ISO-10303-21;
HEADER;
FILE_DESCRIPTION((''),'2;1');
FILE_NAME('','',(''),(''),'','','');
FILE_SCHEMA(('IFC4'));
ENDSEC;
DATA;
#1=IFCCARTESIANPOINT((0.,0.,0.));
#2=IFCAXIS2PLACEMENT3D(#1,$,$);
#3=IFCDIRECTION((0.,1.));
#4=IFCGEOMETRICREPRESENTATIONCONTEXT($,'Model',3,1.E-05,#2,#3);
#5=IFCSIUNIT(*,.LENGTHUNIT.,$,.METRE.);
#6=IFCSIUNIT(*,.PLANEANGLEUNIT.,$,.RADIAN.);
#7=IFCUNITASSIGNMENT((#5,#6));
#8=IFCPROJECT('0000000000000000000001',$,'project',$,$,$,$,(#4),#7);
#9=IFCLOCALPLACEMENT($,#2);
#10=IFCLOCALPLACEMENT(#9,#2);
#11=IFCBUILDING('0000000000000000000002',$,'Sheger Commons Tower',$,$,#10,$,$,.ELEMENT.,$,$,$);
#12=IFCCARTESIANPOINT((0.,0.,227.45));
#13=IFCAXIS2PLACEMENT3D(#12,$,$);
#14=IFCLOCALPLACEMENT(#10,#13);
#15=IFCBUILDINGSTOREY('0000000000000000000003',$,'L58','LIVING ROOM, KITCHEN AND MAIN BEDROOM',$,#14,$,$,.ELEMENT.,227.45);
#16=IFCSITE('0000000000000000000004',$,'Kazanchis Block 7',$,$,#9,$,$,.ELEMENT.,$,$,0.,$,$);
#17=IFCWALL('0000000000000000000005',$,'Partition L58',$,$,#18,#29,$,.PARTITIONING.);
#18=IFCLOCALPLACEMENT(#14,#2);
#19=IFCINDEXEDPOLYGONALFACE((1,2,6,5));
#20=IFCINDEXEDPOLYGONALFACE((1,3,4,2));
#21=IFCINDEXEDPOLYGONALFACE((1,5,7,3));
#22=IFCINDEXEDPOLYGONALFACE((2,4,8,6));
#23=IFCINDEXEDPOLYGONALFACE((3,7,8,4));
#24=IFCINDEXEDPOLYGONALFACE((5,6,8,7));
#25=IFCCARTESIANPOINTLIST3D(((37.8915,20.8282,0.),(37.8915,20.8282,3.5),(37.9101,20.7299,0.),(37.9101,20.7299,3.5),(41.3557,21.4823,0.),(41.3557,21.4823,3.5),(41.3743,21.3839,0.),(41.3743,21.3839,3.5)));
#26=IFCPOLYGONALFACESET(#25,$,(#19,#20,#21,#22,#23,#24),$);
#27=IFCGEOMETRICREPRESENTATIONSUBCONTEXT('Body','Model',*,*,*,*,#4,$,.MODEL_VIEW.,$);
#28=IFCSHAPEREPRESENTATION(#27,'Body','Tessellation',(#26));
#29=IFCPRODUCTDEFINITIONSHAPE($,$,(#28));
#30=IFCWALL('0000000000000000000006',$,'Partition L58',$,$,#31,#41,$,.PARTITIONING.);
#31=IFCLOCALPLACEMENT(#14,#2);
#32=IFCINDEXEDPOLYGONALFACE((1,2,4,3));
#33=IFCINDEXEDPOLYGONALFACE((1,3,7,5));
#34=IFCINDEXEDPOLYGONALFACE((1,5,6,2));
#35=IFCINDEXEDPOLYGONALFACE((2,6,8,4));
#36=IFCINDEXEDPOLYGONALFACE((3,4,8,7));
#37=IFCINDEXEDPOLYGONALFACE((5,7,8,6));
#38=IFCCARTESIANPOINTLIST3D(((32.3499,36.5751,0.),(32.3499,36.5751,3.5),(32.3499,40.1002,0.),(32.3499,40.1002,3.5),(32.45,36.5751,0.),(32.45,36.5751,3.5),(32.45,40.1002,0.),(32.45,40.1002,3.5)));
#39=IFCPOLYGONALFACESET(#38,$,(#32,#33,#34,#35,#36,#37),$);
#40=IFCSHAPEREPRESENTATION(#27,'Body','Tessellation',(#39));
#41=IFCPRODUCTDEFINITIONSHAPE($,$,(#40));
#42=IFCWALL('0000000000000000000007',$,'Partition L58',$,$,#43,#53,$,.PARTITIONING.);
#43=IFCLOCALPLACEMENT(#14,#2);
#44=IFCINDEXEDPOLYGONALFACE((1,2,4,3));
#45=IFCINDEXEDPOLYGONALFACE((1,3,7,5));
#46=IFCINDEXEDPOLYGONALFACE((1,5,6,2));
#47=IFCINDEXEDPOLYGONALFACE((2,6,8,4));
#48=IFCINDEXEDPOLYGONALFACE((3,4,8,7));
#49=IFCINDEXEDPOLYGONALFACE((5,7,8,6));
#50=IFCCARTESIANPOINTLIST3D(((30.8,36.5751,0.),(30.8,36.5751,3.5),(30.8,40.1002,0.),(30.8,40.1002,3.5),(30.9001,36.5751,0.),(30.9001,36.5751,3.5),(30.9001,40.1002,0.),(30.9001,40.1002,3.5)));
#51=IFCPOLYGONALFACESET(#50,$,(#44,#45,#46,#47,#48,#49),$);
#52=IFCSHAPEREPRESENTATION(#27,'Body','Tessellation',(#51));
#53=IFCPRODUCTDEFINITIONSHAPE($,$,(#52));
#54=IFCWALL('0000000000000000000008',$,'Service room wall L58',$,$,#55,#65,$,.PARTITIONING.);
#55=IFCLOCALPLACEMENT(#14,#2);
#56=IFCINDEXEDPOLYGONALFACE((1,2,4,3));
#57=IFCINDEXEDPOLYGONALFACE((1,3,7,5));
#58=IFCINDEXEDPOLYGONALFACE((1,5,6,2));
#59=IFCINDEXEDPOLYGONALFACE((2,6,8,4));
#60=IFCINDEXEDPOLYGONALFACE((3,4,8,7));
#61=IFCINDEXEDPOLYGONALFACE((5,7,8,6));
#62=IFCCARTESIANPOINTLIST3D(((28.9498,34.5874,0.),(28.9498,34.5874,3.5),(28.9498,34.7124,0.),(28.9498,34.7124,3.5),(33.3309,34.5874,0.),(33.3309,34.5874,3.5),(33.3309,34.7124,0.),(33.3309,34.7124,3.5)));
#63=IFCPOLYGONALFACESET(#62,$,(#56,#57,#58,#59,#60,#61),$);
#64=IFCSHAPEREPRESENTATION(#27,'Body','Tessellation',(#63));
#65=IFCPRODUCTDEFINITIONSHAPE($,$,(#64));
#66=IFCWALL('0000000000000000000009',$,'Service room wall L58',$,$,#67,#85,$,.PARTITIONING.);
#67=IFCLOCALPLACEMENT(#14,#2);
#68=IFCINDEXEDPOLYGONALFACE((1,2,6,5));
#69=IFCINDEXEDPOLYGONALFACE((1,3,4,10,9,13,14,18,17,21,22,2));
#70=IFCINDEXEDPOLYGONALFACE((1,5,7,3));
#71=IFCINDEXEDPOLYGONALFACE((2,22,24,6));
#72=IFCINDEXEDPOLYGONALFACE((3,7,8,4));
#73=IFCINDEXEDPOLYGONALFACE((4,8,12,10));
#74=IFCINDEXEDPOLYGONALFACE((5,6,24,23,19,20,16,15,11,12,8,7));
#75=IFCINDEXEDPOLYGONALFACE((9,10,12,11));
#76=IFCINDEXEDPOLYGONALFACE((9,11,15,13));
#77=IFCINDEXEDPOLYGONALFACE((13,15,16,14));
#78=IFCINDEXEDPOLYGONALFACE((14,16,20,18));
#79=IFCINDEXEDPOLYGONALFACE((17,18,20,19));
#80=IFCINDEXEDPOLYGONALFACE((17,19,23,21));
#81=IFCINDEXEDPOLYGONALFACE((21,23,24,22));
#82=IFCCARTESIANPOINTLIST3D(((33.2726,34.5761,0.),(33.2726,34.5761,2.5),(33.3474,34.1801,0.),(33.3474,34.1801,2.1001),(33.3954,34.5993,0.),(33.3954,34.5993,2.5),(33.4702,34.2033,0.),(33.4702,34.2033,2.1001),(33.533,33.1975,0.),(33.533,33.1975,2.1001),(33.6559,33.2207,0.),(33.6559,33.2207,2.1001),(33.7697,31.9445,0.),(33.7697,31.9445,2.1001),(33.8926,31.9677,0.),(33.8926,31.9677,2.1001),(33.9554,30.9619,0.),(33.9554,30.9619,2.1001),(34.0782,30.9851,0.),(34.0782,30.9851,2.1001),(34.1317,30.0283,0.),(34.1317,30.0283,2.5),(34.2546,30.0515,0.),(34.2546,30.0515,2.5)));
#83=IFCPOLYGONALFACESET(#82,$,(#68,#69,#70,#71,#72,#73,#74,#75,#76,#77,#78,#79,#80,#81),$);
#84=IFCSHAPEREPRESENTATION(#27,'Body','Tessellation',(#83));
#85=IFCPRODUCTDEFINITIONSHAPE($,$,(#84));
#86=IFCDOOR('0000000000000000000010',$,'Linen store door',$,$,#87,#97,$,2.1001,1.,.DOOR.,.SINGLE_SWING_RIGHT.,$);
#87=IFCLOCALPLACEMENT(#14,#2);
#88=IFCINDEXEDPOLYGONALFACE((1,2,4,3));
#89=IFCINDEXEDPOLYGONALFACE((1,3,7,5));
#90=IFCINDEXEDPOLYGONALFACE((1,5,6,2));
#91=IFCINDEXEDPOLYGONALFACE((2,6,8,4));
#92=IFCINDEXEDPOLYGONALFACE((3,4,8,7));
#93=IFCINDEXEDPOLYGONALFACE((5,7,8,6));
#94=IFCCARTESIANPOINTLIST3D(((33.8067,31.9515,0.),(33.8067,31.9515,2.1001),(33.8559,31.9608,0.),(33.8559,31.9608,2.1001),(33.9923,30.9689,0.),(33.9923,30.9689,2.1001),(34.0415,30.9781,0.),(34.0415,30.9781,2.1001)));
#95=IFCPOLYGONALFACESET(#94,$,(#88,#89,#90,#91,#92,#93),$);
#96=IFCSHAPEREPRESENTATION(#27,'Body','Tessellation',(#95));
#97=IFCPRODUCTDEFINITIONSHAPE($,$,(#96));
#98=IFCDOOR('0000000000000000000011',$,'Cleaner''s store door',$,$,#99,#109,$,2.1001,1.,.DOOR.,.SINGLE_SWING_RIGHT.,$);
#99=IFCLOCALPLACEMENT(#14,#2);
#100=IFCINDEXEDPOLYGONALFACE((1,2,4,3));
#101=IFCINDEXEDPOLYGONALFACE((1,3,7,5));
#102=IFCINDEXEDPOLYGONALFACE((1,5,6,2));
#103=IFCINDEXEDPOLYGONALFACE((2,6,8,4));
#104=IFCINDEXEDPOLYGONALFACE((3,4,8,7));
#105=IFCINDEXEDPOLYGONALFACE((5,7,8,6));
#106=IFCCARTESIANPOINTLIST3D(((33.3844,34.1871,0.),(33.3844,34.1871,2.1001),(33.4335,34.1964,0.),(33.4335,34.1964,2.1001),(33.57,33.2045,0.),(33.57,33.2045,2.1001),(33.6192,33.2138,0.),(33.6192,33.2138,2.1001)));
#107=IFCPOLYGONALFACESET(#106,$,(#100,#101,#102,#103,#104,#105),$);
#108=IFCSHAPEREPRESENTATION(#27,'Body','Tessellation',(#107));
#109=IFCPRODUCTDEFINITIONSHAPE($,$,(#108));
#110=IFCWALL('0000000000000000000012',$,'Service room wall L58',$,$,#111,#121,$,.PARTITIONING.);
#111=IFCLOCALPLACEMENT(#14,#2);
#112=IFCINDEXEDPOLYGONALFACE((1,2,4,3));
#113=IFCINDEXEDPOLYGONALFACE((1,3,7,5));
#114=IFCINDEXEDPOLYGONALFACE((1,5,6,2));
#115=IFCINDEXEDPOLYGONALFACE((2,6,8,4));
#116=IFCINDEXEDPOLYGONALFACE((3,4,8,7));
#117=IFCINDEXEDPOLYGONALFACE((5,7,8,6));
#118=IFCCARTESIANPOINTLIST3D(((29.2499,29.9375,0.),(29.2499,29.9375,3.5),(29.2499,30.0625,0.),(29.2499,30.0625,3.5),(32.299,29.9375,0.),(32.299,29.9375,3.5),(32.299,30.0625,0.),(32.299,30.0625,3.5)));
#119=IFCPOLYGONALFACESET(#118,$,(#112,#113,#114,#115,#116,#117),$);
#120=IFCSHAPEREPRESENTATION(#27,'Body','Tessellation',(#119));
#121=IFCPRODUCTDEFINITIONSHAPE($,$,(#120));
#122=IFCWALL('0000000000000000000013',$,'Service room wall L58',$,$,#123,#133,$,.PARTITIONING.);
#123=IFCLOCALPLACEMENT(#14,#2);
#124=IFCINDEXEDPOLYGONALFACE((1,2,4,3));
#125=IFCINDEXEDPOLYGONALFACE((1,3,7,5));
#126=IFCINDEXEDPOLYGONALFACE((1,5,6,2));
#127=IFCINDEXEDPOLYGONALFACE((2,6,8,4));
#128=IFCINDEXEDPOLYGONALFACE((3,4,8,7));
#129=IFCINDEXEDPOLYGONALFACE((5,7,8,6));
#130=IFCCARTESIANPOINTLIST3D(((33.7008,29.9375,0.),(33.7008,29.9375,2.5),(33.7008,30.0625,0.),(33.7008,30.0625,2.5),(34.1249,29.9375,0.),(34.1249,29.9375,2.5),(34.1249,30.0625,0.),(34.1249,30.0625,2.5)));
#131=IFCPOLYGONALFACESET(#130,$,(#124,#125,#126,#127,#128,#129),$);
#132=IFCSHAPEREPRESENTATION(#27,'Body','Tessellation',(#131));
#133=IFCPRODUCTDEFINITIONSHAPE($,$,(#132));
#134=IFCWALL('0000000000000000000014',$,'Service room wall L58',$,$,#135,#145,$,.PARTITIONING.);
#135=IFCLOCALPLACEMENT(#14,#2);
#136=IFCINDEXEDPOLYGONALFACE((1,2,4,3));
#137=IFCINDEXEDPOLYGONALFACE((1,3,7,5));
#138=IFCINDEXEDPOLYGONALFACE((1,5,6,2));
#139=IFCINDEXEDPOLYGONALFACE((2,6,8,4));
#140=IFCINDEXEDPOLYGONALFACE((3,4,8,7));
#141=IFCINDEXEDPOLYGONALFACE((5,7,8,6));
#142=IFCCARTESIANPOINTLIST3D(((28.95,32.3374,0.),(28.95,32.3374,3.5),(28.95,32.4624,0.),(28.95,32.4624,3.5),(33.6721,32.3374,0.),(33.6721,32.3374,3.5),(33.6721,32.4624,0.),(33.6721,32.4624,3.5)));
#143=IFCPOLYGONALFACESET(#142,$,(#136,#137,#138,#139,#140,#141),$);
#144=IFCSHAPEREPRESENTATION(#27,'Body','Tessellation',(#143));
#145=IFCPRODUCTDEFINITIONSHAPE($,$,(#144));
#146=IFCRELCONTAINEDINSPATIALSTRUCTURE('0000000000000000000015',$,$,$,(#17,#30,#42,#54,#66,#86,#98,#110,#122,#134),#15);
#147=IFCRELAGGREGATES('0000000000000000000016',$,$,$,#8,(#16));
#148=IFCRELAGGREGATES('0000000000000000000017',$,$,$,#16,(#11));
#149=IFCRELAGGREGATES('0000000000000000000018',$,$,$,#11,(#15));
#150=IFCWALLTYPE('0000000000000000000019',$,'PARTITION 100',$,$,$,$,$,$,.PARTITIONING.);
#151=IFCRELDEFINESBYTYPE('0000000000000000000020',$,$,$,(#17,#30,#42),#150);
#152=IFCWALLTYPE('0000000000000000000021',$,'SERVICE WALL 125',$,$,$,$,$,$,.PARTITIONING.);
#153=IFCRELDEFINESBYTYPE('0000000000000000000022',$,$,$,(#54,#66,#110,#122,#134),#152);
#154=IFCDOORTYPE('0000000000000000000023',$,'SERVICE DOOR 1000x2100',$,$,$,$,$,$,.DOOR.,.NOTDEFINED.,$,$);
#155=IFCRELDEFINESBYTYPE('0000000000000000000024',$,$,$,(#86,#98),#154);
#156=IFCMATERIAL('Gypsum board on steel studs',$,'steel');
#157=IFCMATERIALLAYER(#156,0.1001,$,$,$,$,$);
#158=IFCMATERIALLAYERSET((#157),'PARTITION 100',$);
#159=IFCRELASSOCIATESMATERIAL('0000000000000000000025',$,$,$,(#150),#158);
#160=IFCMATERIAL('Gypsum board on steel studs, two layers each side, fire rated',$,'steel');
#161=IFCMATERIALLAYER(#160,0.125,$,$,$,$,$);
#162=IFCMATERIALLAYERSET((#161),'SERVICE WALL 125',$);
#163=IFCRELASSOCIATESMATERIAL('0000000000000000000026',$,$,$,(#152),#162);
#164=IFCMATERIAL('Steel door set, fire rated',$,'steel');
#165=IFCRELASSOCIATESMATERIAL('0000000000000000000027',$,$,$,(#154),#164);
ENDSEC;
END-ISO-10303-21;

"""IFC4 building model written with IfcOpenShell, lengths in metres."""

from ifc_helpers import new_model, si_unit, direction, frame, frame_2d, origin, place, context, subcontext, project, spatial, rectangle, extrude, material, layer, layer_set, type_object, element, fill, save


model = new_model("IFC4")

# Units and contexts
model_context = context("Model", 3, precision=1e-05, world=origin(), true_north=direction((0.0, 1.0)))
body_context = subcontext(model_context, "Body", "Model", "MODEL_VIEW")
ifc_project = project(units=[si_unit("LENGTHUNIT", "METRE"), si_unit("PLANEANGLEUNIT", "RADIAN")], contexts=[model_context])

# Site, building, storey
site_placement = place(None, origin())
site = spatial("IfcSite", under=ifc_project, at=site_placement, Name="Kazanchis Block 7", CompositionType="ELEMENT", RefElevation=0.0)
building_placement = place(site_placement, origin())
building = spatial("IfcBuilding", under=site, at=building_placement, Name="Sheger Commons Tower", CompositionType="ELEMENT")
storey_placement = place(building_placement, frame((0.0, 0.0, 227.45)))
storey = spatial("IfcBuildingStorey", under=building, at=storey_placement, Name="L58", Description="LIVING ROOM, KITCHEN AND MAIN BEDROOM", CompositionType="ELEMENT", Elevation=227.45)

# Shared definitions
ifc_material_1 = material(Name="Gypsum board on steel studs", Category="steel")
ifc_layer_1 = layer(ifc_material_1, 0.1001)
ifc_layer_set_1 = layer_set([ifc_layer_1], Name="PARTITION 100")
wall_type_1 = type_object("IfcWallType", Name="PARTITION 100", PredefinedType="PARTITIONING", material=ifc_layer_set_1)

# Walls
wall_1_placement = place(storey_placement, frame((41.365, 21.4331, 0.0), z_axis=(0.0, 0.0, 1.0), x_axis=(-0.982639, -0.18553, 0.0)))
element("IfcWall", 1, at=wall_1_placement, inside=storey, type_object=wall_type_1, Name="Partition L58", PredefinedType="PARTITIONING", context=body_context, shape_type="SweptSolid", body=[
    extrude(rectangle(XDim=3.5254, YDim=0.1001, at=frame_2d((1.7627, 0.0))), origin(), (0.0, 0.0, 1.0), 3.5),
])
for number, where, z_axis, x_axis, name in (
    (2, (32.3999, 36.575, 0.0), (0.0, 0.0, 1.0), (0.0, 1.0, 0.0), "Partition L58"),
    (3, (30.8501, 36.575, 0.0), (0.0, 0.0, 1.0), (0.0, 1.0, 0.0), "Partition L58"),
):
    element("IfcWall", number, at=place(storey_placement, frame(where, z_axis=z_axis, x_axis=x_axis)), inside=storey, type_object=wall_type_1, Name=name, PredefinedType="PARTITIONING", context=body_context, shape_type="SweptSolid", body=[
        extrude(rectangle(XDim=3.5251, YDim=0.1001, at=frame_2d((1.7627, 0.0))), origin(), (0.0, 0.0, 1.0), 3.5),
    ])
ifc_material_2 = material(Name="Gypsum board on steel studs, two layers each side, fire rated", Category="steel")
ifc_layer_2 = layer(ifc_material_2, 0.125)
ifc_layer_set_2 = layer_set([ifc_layer_2], Name="SERVICE WALL 125")
wall_type_2 = type_object("IfcWallType", Name="SERVICE WALL 125", PredefinedType="PARTITIONING", material=ifc_layer_set_2)
wall_2_placement = place(storey_placement, frame((28.95, 34.6499, 0.0), z_axis=(0.0, 0.0, 1.0), x_axis=(1.0, 0.0, 0.0)))
element("IfcWall", 4, at=wall_2_placement, inside=storey, type_object=wall_type_2, Name="Service room wall L58", PredefinedType="PARTITIONING", context=body_context, shape_type="SweptSolid", body=[
    extrude(rectangle(XDim=4.3811, YDim=0.125, at=frame_2d((2.1904, 0.0))), origin(), (0.0, 0.0, 1.0), 3.5),
])

# Wall, openings, doors
wall_3_placement = place(storey_placement, frame((34.1931, 30.04, 0.0), z_axis=(0.0, 0.0, 1.0), x_axis=(-0.185626, 0.98262, 0.0)))
wall_3 = element("IfcWall", 5, at=wall_3_placement, inside=storey, type_object=wall_type_2, Name="Service room wall L58", PredefinedType="PARTITIONING", context=body_context, shape_type="SweptSolid", body=[
    extrude(rectangle(XDim=4.6282, YDim=0.125, at=frame_2d((2.314, 0.0))), origin(), (0.0, 0.0, 1.0), 2.5),
])
opening_1_placement = place(wall_3_placement, frame((0.95, 0.0, 0.0)))
opening_1 = element("IfcOpeningElement", 6, at=opening_1_placement, cuts=wall_3, PredefinedType="OPENING", context=body_context, shape_type="SweptSolid", body=[
    extrude(rectangle(XDim=1.0, YDim=2.1001, at=frame_2d((0.5, 1.05))), frame((0.0, 0.0725, 0.0), z_axis=(0.0, -1.0, 0.0), x_axis=(1.0, 0.0, 0.0)), (0.0, 0.0, 1.0), 0.145),
])
opening_2_placement = place(wall_3_placement, frame((3.2251, 0.0, 0.0)))
opening_2 = element("IfcOpeningElement", 7, at=opening_2_placement, cuts=wall_3, PredefinedType="OPENING", context=body_context, shape_type="SweptSolid", body=[
    extrude(rectangle(XDim=1.0, YDim=2.1001, at=frame_2d((0.5, 1.05))), frame((0.0, 0.0725, 0.0), z_axis=(0.0, -1.0, 0.0), x_axis=(1.0, 0.0, 0.0)), (0.0, 0.0, 1.0), 0.145),
])
ifc_material_3 = material(Name="Steel door set, fire rated", Category="steel")
door_type_1 = type_object("IfcDoorType", Name="SERVICE DOOR 1000x2100", OperationType="NOTDEFINED", PredefinedType="DOOR", material=ifc_material_3)
door_1_placement = place(opening_1_placement, origin())
door_1 = element("IfcDoor", 8, at=door_1_placement, inside=storey, type_object=door_type_1, Name="Linen store door", OperationType="SINGLE_SWING_RIGHT", OverallHeight=2.1001, OverallWidth=1.0, PredefinedType="DOOR", context=body_context, shape_type="SweptSolid", body=[
    extrude(rectangle(XDim=1.0, YDim=2.1001, at=frame_2d((0.5, 1.05))), frame((0.0, 0.0249, 0.0), z_axis=(0.0, -1.0, 0.0), x_axis=(1.0, 0.0, 0.0)), (0.0, 0.0, 1.0), 0.05),
])
fill(opening_1, door_1)
door_2_placement = place(opening_2_placement, origin())
door_2 = element("IfcDoor", 9, at=door_2_placement, inside=storey, type_object=door_type_1, Name="Cleaner's store door", OperationType="SINGLE_SWING_RIGHT", OverallHeight=2.1001, OverallWidth=1.0, PredefinedType="DOOR", context=body_context, shape_type="SweptSolid", body=[
    extrude(rectangle(XDim=1.0, YDim=2.1001, at=frame_2d((0.5, 1.05))), frame((0.0, 0.0249, 0.0), z_axis=(0.0, -1.0, 0.0), x_axis=(1.0, 0.0, 0.0)), (0.0, 0.0, 1.0), 0.05),
])
fill(opening_2, door_2)

# Walls
wall_4_placement = place(storey_placement, frame((29.25, 30.0, 0.0), z_axis=(0.0, 0.0, 1.0), x_axis=(1.0, 0.0, 0.0)))
element("IfcWall", 10, at=wall_4_placement, inside=storey, type_object=wall_type_2, Name="Service room wall L58", PredefinedType="PARTITIONING", context=body_context, shape_type="SweptSolid", body=[
    extrude(rectangle(XDim=3.0491, YDim=0.125, at=frame_2d((1.5244, 0.0))), origin(), (0.0, 0.0, 1.0), 3.5),
])
wall_5_placement = place(storey_placement, frame((33.7009, 30.0, 0.0), z_axis=(0.0, 0.0, 1.0), x_axis=(1.0, 0.0, 0.0)))
element("IfcWall", 11, at=wall_5_placement, inside=storey, type_object=wall_type_2, Name="Service room wall L58", PredefinedType="PARTITIONING", context=body_context, shape_type="SweptSolid", body=[
    extrude(rectangle(XDim=0.4241, YDim=0.125, at=frame_2d((0.2119, 0.0))), origin(), (0.0, 0.0, 1.0), 2.5),
])
wall_6_placement = place(storey_placement, frame((28.95, 32.3999, 0.0), z_axis=(0.0, 0.0, 1.0), x_axis=(1.0, 0.0, 0.0)))
element("IfcWall", 12, at=wall_6_placement, inside=storey, type_object=wall_type_2, Name="Service room wall L58", PredefinedType="PARTITIONING", context=body_context, shape_type="SweptSolid", body=[
    extrude(rectangle(XDim=4.7222, YDim=0.125, at=frame_2d((2.3611, 0.0))), origin(), (0.0, 0.0, 1.0), 3.5),
])

save(model, "model.ifc")
